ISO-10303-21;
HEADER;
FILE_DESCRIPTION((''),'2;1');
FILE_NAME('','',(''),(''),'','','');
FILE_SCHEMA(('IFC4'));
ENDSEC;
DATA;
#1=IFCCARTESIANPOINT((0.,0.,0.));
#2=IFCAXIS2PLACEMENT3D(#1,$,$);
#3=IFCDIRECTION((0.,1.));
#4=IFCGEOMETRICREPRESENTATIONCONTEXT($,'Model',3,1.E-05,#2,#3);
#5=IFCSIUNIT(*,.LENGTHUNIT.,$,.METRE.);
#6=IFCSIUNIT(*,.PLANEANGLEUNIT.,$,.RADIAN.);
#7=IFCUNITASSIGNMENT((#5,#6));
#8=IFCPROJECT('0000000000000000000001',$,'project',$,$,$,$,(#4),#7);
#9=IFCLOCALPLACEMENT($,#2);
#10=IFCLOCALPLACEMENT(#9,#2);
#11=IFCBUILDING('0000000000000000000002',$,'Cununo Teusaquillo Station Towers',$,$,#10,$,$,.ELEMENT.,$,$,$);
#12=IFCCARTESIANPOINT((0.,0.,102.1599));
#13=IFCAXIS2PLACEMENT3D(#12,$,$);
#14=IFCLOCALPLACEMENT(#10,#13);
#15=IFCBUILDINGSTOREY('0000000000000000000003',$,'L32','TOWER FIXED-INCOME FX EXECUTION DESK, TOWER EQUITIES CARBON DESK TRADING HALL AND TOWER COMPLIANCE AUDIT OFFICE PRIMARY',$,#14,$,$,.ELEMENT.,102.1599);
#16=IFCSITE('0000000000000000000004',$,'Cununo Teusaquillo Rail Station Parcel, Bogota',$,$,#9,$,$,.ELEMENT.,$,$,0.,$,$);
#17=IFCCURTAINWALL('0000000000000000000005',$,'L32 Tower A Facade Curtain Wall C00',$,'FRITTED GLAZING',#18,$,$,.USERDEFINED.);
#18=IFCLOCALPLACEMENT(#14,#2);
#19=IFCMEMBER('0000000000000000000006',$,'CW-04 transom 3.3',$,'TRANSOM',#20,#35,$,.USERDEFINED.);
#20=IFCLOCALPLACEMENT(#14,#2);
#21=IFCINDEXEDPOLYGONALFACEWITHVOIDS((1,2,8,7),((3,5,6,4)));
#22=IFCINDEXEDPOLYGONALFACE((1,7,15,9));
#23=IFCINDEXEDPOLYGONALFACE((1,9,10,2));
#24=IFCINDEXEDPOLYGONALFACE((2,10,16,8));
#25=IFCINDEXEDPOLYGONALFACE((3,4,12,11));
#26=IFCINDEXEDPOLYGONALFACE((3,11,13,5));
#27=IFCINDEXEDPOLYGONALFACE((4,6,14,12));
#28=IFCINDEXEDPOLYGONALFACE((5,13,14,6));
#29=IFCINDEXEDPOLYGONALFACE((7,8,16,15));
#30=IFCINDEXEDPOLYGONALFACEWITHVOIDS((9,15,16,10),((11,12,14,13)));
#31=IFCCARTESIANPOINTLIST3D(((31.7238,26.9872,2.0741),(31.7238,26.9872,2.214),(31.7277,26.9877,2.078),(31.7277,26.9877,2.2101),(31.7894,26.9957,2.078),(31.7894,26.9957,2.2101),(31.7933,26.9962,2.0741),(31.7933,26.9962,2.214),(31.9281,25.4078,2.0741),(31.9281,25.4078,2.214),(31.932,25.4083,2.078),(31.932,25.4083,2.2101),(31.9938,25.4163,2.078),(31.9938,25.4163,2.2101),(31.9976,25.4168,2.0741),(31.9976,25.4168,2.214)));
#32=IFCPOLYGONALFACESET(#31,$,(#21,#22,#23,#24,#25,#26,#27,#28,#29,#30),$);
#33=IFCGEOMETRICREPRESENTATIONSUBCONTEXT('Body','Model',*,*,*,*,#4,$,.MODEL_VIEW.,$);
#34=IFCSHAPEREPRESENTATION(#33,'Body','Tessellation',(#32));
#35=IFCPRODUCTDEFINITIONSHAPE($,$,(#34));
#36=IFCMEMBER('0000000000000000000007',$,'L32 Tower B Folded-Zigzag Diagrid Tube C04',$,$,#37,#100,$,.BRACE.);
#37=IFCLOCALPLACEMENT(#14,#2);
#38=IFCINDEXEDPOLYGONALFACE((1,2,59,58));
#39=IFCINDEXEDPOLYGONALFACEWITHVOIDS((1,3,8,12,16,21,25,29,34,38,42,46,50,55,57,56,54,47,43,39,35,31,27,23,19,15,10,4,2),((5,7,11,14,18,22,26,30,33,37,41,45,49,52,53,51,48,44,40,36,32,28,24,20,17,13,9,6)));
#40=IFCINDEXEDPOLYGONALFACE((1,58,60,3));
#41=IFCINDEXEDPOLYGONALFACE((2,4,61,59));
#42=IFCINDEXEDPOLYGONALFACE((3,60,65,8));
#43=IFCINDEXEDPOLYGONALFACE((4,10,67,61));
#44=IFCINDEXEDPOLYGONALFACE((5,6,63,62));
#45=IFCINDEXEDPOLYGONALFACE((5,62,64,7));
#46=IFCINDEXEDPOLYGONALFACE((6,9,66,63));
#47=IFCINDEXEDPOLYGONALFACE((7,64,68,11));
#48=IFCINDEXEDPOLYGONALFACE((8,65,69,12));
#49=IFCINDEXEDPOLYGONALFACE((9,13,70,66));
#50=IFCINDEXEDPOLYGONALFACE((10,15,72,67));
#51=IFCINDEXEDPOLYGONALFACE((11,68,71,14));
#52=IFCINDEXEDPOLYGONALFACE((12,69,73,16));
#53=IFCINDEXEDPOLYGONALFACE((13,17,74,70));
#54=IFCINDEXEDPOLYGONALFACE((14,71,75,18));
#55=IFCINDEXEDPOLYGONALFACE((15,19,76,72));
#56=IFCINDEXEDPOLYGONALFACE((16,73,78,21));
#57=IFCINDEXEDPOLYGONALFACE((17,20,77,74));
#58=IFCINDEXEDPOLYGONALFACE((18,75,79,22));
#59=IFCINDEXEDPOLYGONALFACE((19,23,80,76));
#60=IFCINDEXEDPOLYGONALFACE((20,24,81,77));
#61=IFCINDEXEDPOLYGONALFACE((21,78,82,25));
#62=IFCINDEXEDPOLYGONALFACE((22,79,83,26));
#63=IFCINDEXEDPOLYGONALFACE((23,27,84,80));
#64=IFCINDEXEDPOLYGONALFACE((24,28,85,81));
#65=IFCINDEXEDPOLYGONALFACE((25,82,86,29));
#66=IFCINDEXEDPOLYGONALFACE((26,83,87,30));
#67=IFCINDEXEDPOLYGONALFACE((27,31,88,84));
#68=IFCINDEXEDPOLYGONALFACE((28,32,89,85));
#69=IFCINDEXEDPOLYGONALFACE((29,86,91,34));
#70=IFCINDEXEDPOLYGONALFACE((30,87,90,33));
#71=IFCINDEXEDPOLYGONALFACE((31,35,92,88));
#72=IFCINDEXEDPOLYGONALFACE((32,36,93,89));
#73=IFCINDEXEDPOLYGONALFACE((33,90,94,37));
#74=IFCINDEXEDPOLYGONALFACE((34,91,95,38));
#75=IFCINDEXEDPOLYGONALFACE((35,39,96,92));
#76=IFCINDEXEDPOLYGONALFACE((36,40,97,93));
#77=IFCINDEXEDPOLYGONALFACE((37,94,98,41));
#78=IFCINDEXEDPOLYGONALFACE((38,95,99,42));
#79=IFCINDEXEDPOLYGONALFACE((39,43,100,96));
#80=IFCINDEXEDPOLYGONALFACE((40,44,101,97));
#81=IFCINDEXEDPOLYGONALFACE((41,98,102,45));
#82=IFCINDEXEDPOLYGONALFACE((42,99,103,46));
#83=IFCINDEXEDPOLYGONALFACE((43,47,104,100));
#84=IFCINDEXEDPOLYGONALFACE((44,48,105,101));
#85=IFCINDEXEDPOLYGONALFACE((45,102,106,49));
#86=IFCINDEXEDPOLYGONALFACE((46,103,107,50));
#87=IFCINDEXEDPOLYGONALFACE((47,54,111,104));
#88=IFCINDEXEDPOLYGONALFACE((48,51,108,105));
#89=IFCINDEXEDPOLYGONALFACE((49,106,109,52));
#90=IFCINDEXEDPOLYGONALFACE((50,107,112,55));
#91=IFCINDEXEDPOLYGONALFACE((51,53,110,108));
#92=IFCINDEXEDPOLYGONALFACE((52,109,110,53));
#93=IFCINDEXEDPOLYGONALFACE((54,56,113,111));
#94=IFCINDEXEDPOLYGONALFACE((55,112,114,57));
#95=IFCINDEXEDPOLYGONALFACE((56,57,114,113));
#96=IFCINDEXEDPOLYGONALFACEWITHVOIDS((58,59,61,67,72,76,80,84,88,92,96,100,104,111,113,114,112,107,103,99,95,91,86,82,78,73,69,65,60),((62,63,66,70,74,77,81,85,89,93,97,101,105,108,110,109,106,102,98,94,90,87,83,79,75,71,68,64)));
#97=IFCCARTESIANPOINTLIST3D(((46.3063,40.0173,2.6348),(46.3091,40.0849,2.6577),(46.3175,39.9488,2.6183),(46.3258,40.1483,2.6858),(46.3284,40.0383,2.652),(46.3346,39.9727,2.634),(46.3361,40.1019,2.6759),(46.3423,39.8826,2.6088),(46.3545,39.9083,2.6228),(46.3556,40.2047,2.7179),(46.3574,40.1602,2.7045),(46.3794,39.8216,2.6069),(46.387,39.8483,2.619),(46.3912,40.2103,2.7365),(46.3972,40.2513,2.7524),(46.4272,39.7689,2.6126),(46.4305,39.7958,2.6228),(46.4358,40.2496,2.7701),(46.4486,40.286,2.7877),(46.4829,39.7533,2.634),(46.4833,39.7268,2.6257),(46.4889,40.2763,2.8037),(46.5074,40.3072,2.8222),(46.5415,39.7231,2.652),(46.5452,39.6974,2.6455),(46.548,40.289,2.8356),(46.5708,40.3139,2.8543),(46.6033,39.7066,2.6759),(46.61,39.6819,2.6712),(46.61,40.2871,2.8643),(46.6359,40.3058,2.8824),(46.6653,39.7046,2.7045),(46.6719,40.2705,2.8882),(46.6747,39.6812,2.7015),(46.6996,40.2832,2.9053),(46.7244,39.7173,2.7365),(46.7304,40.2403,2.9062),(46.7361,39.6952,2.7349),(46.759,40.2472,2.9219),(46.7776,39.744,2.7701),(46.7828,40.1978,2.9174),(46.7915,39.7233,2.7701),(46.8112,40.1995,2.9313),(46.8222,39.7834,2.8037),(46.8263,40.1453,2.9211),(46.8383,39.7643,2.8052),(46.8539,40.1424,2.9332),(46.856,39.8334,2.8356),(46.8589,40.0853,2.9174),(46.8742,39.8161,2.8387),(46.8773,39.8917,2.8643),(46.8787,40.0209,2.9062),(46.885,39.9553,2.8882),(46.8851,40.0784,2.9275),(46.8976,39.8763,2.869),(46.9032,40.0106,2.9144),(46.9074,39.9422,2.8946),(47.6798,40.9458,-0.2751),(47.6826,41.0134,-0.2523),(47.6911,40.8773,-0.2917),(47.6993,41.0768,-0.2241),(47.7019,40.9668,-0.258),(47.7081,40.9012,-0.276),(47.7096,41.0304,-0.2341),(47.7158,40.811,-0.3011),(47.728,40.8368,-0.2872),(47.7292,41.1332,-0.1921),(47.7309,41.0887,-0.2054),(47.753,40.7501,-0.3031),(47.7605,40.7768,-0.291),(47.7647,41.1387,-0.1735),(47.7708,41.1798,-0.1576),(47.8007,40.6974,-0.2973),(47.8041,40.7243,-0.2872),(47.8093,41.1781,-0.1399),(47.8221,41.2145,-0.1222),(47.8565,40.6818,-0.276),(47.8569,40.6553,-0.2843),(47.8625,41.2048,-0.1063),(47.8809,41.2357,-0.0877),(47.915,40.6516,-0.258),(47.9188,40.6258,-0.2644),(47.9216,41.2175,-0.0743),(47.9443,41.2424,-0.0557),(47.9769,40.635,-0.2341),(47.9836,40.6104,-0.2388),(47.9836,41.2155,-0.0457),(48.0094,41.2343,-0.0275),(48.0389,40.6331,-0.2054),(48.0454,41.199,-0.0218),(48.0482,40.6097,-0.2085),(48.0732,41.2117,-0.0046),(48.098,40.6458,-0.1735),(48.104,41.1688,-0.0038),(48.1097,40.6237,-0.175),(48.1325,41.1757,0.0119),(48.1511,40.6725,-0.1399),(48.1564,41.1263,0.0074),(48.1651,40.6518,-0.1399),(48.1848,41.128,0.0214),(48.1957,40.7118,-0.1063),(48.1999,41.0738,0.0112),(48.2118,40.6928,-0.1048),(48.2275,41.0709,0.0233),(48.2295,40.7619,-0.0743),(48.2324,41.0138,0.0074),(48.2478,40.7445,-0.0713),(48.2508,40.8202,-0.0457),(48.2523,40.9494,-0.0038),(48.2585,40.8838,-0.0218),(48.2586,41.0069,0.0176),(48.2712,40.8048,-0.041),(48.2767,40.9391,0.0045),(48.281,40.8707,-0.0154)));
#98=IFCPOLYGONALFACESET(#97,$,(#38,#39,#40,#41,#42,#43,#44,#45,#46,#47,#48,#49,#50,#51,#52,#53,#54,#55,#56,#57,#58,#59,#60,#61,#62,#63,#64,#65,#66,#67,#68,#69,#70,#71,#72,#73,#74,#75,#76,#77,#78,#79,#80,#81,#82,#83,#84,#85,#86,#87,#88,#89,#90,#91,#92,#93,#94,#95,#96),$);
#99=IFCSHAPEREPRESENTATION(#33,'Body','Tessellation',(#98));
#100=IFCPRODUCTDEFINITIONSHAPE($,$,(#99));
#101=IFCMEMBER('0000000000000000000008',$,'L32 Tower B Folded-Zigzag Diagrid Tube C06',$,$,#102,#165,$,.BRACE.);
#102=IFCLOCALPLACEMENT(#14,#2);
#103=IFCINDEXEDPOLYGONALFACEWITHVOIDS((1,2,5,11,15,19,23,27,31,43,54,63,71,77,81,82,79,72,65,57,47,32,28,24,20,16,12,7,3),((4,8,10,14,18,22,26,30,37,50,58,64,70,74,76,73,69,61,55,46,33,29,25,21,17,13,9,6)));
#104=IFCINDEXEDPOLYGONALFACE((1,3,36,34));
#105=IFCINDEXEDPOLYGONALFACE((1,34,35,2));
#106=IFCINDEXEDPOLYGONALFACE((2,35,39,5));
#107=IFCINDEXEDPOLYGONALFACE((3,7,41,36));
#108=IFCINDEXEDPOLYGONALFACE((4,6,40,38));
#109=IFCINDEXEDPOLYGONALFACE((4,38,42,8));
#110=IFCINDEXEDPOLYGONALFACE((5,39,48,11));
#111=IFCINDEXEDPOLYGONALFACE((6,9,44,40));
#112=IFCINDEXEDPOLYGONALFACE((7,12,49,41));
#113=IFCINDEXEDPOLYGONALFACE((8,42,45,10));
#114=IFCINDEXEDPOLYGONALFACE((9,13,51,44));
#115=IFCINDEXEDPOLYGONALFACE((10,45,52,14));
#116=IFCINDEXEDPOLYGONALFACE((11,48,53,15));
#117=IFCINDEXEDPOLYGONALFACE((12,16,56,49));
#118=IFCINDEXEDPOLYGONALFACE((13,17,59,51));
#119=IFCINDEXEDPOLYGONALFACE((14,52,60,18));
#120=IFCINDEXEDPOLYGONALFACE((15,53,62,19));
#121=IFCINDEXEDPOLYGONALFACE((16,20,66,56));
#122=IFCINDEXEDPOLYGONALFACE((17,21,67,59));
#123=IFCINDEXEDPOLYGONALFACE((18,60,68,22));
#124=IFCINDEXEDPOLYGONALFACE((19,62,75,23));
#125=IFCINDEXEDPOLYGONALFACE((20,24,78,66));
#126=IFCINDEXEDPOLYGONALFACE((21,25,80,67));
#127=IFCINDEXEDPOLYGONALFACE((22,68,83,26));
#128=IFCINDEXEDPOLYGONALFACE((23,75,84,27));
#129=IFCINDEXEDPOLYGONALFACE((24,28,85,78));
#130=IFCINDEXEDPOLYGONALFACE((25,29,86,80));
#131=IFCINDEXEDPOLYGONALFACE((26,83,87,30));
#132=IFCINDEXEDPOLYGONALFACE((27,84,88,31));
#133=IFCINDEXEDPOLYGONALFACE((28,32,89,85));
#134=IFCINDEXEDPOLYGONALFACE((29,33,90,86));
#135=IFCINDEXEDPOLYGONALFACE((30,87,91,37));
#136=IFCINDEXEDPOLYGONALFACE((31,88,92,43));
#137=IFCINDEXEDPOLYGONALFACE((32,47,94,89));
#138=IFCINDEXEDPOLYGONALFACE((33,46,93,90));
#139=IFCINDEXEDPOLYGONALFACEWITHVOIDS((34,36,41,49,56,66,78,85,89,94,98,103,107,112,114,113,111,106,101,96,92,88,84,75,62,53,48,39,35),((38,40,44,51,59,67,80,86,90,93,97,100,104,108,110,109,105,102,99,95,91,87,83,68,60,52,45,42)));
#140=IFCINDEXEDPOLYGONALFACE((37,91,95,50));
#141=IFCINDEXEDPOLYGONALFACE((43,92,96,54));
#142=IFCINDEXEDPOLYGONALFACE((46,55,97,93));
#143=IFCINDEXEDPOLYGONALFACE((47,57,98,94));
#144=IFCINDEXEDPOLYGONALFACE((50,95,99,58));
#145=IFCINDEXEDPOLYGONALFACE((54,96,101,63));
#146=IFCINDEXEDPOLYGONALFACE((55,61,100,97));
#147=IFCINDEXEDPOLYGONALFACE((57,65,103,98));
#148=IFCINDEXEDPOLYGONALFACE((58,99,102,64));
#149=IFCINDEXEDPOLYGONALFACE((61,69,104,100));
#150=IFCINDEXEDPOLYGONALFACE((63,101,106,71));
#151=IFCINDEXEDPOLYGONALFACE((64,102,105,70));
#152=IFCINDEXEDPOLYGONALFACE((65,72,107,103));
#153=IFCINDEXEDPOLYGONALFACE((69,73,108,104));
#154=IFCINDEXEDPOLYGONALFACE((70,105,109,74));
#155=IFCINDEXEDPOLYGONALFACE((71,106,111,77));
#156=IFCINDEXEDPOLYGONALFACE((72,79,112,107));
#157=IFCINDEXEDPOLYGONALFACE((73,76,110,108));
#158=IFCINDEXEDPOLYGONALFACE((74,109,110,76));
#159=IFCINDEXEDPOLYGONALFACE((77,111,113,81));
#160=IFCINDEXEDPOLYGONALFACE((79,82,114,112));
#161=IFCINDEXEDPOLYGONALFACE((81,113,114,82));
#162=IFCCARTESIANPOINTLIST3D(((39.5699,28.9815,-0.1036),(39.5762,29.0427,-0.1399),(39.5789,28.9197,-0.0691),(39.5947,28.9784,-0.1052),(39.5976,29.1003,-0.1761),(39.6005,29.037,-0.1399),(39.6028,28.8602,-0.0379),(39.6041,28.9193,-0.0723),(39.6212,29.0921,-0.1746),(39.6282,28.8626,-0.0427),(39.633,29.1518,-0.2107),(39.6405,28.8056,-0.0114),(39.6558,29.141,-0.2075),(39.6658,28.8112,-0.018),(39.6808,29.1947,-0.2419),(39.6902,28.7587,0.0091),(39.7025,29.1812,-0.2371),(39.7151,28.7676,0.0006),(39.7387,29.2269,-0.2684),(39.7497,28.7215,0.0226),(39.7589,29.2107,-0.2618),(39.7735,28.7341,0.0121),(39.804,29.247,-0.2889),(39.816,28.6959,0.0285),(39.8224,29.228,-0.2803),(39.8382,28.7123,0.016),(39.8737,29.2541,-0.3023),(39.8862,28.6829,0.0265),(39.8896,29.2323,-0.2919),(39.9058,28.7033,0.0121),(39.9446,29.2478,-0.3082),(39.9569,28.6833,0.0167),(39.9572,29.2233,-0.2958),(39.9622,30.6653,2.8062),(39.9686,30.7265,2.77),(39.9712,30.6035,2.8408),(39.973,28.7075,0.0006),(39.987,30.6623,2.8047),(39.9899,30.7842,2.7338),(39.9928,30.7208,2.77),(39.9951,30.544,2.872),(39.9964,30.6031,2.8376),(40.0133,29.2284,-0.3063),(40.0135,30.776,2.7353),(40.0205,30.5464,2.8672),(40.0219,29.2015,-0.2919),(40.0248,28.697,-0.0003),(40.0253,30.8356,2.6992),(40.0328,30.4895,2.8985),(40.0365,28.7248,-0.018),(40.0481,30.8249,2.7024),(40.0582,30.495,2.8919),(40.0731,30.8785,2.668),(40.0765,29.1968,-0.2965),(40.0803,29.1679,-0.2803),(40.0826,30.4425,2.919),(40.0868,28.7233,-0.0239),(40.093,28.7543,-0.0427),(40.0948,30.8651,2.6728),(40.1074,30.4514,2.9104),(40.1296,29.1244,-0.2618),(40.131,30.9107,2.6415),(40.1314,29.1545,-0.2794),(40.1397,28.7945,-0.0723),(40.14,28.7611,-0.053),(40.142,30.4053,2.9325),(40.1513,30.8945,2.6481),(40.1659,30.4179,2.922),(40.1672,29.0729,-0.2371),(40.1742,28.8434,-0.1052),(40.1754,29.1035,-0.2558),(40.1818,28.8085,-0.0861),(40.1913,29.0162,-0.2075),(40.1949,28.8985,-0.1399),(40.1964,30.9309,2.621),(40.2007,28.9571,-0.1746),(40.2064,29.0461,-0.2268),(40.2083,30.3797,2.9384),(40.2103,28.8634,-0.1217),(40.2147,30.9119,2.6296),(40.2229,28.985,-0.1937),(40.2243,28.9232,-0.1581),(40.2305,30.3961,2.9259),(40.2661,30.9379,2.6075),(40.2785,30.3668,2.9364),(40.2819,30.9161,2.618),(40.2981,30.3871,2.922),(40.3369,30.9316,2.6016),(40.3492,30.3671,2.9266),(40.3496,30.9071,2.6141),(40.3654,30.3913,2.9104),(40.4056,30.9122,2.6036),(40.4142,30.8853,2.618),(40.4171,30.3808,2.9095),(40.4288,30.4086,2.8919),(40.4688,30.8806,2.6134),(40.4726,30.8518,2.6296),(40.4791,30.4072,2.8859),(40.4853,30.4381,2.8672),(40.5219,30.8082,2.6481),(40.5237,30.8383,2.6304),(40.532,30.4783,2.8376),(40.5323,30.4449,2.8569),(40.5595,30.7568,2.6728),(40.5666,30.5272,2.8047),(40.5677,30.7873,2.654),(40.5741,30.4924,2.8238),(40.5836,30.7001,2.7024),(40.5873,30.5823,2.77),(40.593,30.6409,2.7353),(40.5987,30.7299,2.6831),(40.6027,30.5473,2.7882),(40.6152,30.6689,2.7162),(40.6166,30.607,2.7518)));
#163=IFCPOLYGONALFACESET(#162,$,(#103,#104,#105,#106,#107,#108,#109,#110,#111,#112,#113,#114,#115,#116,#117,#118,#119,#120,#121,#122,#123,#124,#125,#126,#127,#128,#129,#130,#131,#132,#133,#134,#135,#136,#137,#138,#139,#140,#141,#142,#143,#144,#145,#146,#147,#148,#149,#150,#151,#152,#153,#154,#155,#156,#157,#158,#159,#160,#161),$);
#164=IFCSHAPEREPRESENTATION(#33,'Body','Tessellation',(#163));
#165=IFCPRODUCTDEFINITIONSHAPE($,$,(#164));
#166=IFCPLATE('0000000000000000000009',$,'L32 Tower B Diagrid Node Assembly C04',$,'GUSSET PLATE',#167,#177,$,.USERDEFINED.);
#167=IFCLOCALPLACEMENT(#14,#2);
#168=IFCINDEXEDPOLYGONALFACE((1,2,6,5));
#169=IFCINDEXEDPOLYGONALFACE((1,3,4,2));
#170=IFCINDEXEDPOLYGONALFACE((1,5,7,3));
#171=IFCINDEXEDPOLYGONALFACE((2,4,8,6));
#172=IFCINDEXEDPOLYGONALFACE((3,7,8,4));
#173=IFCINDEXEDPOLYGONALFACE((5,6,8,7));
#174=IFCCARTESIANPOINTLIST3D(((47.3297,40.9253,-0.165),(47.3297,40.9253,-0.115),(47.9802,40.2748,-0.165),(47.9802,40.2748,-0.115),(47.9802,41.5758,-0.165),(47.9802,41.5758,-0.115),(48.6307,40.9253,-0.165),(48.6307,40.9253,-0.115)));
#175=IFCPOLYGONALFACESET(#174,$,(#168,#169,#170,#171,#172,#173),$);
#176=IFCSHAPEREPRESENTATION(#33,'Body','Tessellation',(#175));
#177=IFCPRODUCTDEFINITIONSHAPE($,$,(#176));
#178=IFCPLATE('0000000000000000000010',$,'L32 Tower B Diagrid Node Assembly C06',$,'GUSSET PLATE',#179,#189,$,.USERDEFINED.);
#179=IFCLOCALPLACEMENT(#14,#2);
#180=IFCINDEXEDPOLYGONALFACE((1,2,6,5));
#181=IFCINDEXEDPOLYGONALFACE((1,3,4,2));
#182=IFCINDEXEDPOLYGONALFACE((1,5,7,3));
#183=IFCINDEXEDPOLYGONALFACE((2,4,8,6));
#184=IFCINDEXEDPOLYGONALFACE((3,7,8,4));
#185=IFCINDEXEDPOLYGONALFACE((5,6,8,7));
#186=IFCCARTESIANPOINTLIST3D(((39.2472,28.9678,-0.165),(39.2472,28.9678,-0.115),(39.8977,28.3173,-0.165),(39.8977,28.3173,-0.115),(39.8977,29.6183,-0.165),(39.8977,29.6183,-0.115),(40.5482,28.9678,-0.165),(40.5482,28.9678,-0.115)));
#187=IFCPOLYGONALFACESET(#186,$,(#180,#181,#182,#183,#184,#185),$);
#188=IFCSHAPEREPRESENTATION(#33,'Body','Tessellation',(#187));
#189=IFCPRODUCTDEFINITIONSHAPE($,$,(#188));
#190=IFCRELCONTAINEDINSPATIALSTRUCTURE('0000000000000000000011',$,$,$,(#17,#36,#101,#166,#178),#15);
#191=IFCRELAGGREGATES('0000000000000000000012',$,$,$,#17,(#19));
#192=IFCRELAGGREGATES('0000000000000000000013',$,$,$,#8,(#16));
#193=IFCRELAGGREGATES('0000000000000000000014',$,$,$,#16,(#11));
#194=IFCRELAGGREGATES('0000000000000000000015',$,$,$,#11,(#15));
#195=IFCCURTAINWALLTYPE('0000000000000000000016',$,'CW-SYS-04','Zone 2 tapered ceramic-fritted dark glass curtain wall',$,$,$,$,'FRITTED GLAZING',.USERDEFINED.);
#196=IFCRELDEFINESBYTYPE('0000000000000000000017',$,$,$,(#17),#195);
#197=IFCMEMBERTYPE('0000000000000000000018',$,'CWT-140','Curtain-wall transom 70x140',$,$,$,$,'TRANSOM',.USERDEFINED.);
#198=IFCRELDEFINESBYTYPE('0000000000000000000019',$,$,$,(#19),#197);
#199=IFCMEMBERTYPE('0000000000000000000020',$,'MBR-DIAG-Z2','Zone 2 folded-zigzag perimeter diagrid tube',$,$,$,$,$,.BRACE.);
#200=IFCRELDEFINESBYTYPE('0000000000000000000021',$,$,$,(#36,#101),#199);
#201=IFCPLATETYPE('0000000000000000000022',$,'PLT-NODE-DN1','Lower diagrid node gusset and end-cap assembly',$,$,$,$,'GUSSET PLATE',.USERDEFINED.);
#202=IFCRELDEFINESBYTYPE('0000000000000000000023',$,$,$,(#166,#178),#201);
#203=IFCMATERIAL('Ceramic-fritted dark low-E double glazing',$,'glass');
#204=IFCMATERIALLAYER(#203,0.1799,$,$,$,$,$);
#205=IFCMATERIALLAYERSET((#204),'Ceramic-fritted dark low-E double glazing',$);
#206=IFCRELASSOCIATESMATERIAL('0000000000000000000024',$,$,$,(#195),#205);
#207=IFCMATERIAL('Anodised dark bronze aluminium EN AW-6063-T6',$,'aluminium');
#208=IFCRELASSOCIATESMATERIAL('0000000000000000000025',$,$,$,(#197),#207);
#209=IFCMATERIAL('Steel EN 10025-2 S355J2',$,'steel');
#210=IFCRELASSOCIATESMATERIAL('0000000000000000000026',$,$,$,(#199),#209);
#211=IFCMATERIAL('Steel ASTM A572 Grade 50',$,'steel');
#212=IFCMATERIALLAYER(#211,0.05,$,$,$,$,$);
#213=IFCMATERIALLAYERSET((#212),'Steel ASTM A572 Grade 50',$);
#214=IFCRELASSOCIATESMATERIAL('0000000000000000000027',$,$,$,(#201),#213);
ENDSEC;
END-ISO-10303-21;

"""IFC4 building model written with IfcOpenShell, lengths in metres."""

from ifc_helpers import new_model, si_unit, direction, frame, origin, origin_2d, place, context, subcontext, project, spatial, rectangle, hollow_rectangle, hollow_circle, extrude, source, transform, mapped, material, layer, layer_set, material_profile, profile_set, type_object, element, aggregate, save


model = new_model("IFC4")

# Units and contexts
model_context = context("Model", 3, precision=1e-05, world=origin(), true_north=direction((0.0, 1.0)))
body_context = subcontext(model_context, "Body", "Model", "MODEL_VIEW")
ifc_project = project(units=[si_unit("LENGTHUNIT", "METRE"), si_unit("PLANEANGLEUNIT", "RADIAN")], contexts=[model_context])

# Site, building, storey
site_placement = place(None, origin())
site = spatial("IfcSite", under=ifc_project, at=site_placement, Name="Cununo Teusaquillo Rail Station Parcel, Bogota", CompositionType="ELEMENT", RefElevation=0.0)
building_placement = place(site_placement, origin())
building = spatial("IfcBuilding", under=site, at=building_placement, Name="Cununo Teusaquillo Station Towers", CompositionType="ELEMENT")
storey_placement = place(building_placement, frame((0.0, 0.0, 102.1599)))
storey = spatial("IfcBuildingStorey", under=building, at=storey_placement, Name="L32", Description="TOWER FIXED-INCOME FX EXECUTION DESK, TOWER EQUITIES CARBON DESK TRADING HALL AND TOWER COMPLIANCE AUDIT OFFICE PRIMARY", CompositionType="ELEMENT", Elevation=102.1599)

# Curtain wall, member
ifc_material_1 = material(Name="Ceramic-fritted dark low-E double glazing", Category="glass")
ifc_layer_1 = layer(ifc_material_1, 0.1799)
ifc_layer_set_1 = layer_set([ifc_layer_1], Name="Ceramic-fritted dark low-E double glazing")
curtain_wall_type = type_object("IfcCurtainWallType", Name="CW-SYS-04", Description="Zone 2 tapered ceramic-fritted dark glass curtain wall", ElementType="FRITTED GLAZING", PredefinedType="USERDEFINED", material=ifc_layer_set_1)
curtain_wall_placement = place(storey_placement, origin())
curtain_wall = element("IfcCurtainWall", 1, at=curtain_wall_placement, inside=storey, type_object=curtain_wall_type, Name="L32 Tower A Facade Curtain Wall C00", ObjectType="FRITTED GLAZING", PredefinedType="USERDEFINED")
ifc_material_2 = material(Name="Anodised dark bronze aluminium EN AW-6063-T6", Category="aluminium")
ifc_material_profile_1 = material_profile(ifc_material_2, hollow_rectangle(XDim=0.0701, YDim=0.1399, WallThickness=0.0039, at=origin_2d()), Name="CW-TRAN-70x140")
ifc_profile_set_1 = profile_set([ifc_material_profile_1], Name="Anodised dark bronze aluminium EN AW-6063-T6")
member_type_1 = type_object("IfcMemberType", Name="CWT-140", Description="Curtain-wall transom 70x140", ElementType="TRANSOM", PredefinedType="USERDEFINED", material=ifc_profile_set_1)
member_1_placement = place(storey_placement, frame((31.7585, 26.9917, 2.144), z_axis=(0.128317, -0.991733, 0.0), x_axis=(0.991733, 0.128317, 0.0)))
member_1 = element("IfcMember", 2, at=member_1_placement, type_object=member_type_1, Name="CW-04 transom 3.3", ObjectType="TRANSOM", PredefinedType="USERDEFINED", context=body_context, shape_type="SweptSolid", body=[
    extrude(hollow_rectangle(XDim=0.0701, YDim=0.1399, WallThickness=0.0039, at=origin_2d()), origin(), (0.0, 0.0, 1.0), 1.5925),
])

# Members
ifc_material_3 = material(Name="Steel EN 10025-2 S355J2", Category="steel")
ifc_material_profile_2 = material_profile(ifc_material_3, hollow_circle(Radius=0.3301, WallThickness=0.0249, at=origin_2d()), Name="CHS 660x25")
ifc_profile_set_2 = profile_set([ifc_material_profile_2], Name="Steel EN 10025-2 S355J2")
member_type_2 = type_object("IfcMemberType", Name="MBR-DIAG-Z2", Description="Zone 2 folded-zigzag perimeter diagrid tube", PredefinedType="BRACE", material=ifc_profile_set_2)
member_2_placement = place(storey_placement, frame((47.9802, 40.9253, -0.1399), z_axis=(-0.410125, -0.277232, 0.868873), x_axis=(0.560024, -0.828476, 0.0)))
element("IfcMember", 3, at=member_2_placement, inside=storey, type_object=member_type_2, Name="L32 Tower B Folded-Zigzag Diagrid Tube C04", PredefinedType="BRACE", context=body_context, shape_type="SweptSolid", body=[
    extrude(hollow_circle(Radius=0.3301, WallThickness=0.0249, at=origin_2d()), origin(), (0.0, 0.0, 1.0), 3.3491),
])
member_3_placement = place(storey_placement, frame((39.8977, 28.9678, -0.1399), z_axis=(0.115911, 0.497471, 0.859702), x_axis=(-0.973913, 0.226922, 0.0)))
element("IfcMember", 4, at=member_3_placement, inside=storey, type_object=member_type_2, Name="L32 Tower B Folded-Zigzag Diagrid Tube C06", PredefinedType="BRACE", context=body_context, shape_type="SweptSolid", body=[
    extrude(hollow_circle(Radius=0.3301, WallThickness=0.0249, at=origin_2d()), origin(), (0.0, 0.0, 1.0), 3.3848),
])

# Plates
ifc_material_4 = material(Name="Steel ASTM A572 Grade 50", Category="steel")
ifc_layer_2 = layer(ifc_material_4, 0.05)
ifc_layer_set_2 = layer_set([ifc_layer_2], Name="Steel ASTM A572 Grade 50")
plate_type_1 = type_object("IfcPlateType", Name="PLT-NODE-DN1", Description="Lower diagrid node gusset and end-cap assembly", ElementType="GUSSET PLATE", PredefinedType="USERDEFINED", material=ifc_layer_set_2)
shared_shape_1 = source(origin(), body_context, "Body", "SweptSolid", [
    extrude(rectangle(XDim=0.9199, YDim=0.9199, at=origin_2d()), origin(), (0.0, 0.0, 1.0), 0.05),
])
for number, where, z_axis, x_axis, name in (
    (5, (47.9802, 40.9253, -0.165), (0.0, 0.0, 1.0), (0.707107, 0.707107, 0.0), "L32 Tower B Diagrid Node Assembly C04"),
    (6, (39.8977, 28.9678, -0.165), (0.0, 0.0, 1.0), (0.707107, 0.707107, 0.0), "L32 Tower B Diagrid Node Assembly C06"),
):
    element("IfcPlate", number, at=place(storey_placement, frame(where, z_axis=z_axis, x_axis=x_axis)), inside=storey, type_object=plate_type_1, Name=name, ObjectType="GUSSET PLATE", PredefinedType="USERDEFINED", context=body_context, shape_type="MappedRepresentation", body=[
        mapped(shared_shape_1, transform((0.0, 0.0, 0.0), x_axis=(1.0, 0.0, 0.0), y_axis=(0.0, 1.0, 0.0), z_axis=(0.0, 0.0, 1.0), scale=1.0)),
    ])

aggregate(curtain_wall, [member_1])

save(model, "model.ifc")
